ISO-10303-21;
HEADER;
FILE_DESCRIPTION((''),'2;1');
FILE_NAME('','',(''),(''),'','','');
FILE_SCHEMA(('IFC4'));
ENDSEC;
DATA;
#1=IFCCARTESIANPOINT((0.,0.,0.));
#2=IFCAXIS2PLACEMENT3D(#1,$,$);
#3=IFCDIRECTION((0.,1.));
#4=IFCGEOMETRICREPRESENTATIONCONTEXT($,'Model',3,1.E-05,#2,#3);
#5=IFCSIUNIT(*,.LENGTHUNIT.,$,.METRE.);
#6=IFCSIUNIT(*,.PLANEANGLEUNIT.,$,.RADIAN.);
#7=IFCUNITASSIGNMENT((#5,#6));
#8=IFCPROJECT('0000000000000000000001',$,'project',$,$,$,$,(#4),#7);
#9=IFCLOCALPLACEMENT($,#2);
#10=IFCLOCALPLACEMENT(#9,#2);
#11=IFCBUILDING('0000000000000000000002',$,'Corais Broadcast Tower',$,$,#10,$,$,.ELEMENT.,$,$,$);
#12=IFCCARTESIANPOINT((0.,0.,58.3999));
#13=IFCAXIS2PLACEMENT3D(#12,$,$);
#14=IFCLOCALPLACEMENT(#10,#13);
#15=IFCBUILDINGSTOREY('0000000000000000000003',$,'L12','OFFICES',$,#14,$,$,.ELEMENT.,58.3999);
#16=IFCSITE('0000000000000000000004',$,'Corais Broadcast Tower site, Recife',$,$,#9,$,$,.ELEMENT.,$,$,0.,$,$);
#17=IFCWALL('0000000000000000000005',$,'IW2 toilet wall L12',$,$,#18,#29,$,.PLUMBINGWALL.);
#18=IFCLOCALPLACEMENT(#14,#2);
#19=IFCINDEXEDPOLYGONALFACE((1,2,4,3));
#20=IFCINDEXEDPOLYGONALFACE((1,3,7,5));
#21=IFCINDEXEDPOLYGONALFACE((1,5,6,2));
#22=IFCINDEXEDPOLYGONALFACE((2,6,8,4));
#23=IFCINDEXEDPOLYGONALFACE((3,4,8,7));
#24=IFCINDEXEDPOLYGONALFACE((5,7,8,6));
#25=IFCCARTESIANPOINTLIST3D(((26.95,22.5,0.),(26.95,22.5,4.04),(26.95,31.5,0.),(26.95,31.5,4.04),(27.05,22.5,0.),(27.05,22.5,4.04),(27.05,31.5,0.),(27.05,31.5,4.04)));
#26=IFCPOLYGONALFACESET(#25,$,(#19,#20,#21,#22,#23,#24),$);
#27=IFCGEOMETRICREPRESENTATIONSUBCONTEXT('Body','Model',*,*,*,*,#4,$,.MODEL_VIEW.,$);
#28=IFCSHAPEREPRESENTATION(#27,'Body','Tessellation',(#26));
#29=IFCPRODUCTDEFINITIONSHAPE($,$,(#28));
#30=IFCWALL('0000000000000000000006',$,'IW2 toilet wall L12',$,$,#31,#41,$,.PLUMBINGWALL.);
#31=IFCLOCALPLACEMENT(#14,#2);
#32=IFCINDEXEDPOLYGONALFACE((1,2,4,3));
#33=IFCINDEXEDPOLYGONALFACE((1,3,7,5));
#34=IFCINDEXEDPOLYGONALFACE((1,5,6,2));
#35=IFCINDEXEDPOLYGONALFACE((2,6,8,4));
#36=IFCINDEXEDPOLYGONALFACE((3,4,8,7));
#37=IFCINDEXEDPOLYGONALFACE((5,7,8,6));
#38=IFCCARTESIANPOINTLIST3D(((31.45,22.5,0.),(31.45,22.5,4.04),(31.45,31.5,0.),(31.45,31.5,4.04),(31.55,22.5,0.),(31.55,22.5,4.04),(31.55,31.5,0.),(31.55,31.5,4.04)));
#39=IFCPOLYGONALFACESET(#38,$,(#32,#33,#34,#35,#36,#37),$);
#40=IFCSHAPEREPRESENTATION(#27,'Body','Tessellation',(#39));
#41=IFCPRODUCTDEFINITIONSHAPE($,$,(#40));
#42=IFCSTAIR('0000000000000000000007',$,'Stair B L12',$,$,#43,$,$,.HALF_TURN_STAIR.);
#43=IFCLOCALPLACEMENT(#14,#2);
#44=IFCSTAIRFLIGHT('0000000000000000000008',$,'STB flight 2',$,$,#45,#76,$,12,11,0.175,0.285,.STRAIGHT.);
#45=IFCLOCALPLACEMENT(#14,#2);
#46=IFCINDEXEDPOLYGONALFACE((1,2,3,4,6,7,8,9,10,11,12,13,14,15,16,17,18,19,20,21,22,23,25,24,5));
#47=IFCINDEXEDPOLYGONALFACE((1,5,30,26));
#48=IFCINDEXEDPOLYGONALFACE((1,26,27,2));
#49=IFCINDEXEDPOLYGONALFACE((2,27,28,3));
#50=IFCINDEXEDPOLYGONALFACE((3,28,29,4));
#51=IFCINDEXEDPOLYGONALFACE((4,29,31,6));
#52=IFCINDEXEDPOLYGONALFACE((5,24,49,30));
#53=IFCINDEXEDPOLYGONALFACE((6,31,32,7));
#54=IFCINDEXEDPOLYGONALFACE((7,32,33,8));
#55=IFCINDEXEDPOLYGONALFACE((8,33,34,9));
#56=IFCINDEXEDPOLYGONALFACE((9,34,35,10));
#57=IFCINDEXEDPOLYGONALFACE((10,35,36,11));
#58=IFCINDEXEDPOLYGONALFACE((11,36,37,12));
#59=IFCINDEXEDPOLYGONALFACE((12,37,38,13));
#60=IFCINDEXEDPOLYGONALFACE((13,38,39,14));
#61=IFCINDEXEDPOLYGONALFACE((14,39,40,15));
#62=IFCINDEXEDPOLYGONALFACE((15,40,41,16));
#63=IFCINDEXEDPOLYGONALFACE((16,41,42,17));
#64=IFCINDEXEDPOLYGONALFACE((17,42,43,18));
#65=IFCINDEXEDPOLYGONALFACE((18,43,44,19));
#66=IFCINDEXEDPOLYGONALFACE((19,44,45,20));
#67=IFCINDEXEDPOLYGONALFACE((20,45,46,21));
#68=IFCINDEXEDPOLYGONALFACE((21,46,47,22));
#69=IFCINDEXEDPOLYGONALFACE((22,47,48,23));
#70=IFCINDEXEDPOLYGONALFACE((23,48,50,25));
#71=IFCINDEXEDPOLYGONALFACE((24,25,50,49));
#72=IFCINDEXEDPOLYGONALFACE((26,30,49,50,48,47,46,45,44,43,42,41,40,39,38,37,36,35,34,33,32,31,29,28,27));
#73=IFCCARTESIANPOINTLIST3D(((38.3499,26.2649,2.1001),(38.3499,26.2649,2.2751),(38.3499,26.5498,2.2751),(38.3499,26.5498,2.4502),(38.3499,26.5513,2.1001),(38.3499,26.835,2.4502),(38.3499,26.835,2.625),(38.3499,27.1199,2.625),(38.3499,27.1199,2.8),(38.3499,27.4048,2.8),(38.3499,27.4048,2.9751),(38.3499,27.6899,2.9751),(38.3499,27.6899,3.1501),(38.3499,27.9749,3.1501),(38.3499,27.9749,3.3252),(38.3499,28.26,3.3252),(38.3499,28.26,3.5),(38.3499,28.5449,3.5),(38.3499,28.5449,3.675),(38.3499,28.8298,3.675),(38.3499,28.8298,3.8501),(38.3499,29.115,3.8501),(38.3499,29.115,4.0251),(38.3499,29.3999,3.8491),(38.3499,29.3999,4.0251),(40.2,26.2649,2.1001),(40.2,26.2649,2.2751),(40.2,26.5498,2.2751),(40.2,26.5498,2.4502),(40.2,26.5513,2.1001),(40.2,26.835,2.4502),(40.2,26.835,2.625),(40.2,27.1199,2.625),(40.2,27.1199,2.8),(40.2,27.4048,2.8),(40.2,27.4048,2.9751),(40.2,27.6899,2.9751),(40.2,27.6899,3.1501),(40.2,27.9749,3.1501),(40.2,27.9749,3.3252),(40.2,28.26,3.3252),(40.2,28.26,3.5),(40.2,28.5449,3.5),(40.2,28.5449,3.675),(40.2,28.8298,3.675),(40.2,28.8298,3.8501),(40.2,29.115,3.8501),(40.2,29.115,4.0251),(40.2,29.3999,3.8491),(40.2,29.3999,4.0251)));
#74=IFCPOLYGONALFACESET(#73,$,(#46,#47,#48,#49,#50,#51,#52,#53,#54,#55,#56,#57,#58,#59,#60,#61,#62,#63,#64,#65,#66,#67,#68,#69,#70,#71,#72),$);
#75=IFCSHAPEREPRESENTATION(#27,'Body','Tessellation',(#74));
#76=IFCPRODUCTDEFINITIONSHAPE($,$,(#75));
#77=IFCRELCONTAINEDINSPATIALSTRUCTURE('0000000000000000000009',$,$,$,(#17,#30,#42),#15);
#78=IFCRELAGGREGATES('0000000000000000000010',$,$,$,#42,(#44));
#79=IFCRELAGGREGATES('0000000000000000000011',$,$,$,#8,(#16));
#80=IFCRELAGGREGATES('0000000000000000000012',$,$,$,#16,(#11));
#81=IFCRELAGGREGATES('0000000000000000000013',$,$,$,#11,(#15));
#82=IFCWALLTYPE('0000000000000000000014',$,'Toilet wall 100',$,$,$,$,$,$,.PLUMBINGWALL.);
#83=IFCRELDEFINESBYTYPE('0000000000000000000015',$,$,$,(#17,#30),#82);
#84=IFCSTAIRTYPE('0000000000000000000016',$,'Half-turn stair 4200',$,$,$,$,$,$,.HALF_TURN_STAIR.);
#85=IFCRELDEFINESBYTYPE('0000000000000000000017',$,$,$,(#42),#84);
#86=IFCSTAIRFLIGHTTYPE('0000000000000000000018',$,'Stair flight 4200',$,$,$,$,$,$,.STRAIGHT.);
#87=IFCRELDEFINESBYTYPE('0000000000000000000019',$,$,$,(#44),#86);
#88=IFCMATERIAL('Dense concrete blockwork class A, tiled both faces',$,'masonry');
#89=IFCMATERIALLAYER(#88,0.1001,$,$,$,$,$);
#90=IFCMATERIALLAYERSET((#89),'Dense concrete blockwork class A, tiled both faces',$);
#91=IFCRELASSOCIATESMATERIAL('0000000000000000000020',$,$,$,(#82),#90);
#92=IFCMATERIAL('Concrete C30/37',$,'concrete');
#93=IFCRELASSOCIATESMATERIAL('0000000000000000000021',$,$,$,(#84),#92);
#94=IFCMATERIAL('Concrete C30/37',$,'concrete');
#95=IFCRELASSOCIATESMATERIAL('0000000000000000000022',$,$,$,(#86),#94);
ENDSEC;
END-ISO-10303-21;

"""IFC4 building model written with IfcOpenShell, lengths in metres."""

from ifc_helpers import new_model, si_unit, direction, frame, frame_2d, origin, place, context, subcontext, project, spatial, polyline, rectangle, outline, extrude, material, layer, layer_set, type_object, element, aggregate, save


model = new_model("IFC4")

# Units and contexts
model_context = context("Model", 3, precision=1e-05, world=origin(), true_north=direction((0.0, 1.0)))
body_context = subcontext(model_context, "Body", "Model", "MODEL_VIEW")
ifc_project = project(units=[si_unit("LENGTHUNIT", "METRE"), si_unit("PLANEANGLEUNIT", "RADIAN")], contexts=[model_context])

# Site, building, storey
site_placement = place(None, origin())
site = spatial("IfcSite", under=ifc_project, at=site_placement, Name="Corais Broadcast Tower site, Recife", CompositionType="ELEMENT", RefElevation=0.0)
building_placement = place(site_placement, origin())
building = spatial("IfcBuilding", under=site, at=building_placement, Name="Corais Broadcast Tower", CompositionType="ELEMENT")
storey_placement = place(building_placement, frame((0.0, 0.0, 58.3999)))
storey = spatial("IfcBuildingStorey", under=building, at=storey_placement, Name="L12", Description="OFFICES", CompositionType="ELEMENT", Elevation=58.3999)

# Walls
ifc_material_1 = material(Name="Dense concrete blockwork class A, tiled both faces", Category="masonry")
ifc_layer_1 = layer(ifc_material_1, 0.1001)
ifc_layer_set_1 = layer_set([ifc_layer_1], Name="Dense concrete blockwork class A, tiled both faces")
wall_type_1 = type_object("IfcWallType", Name="Toilet wall 100", PredefinedType="PLUMBINGWALL", material=ifc_layer_set_1)
for number, where, z_axis, x_axis, name in (
    (1, (27.0, 22.5, 0.0), (0.0, 0.0, 1.0), (0.0, 1.0, 0.0), "IW2 toilet wall L12"),
    (2, (31.5, 22.5, 0.0), (0.0, 0.0, 1.0), (0.0, 1.0, 0.0), "IW2 toilet wall L12"),
):
    element("IfcWall", number, at=place(storey_placement, frame(where, z_axis=z_axis, x_axis=x_axis)), inside=storey, type_object=wall_type_1, Name=name, PredefinedType="PLUMBINGWALL", context=body_context, shape_type="SweptSolid", body=[
        extrude(rectangle(XDim=9.0, YDim=0.1001, at=frame_2d((4.5, 0.0))), origin(), (0.0, 0.0, 1.0), 4.04),
    ])

# Stair, stair flight
ifc_material_2 = material(Name="Concrete C30/37", Category="concrete")
stair_type = type_object("IfcStairType", Name="Half-turn stair 4200", PredefinedType="HALF_TURN_STAIR", material=ifc_material_2)
stair_placement = place(storey_placement, origin())
stair = element("IfcStair", 3, at=stair_placement, inside=storey, type_object=stair_type, Name="Stair B L12", PredefinedType="HALF_TURN_STAIR")
ifc_material_3 = material(Name="Concrete C30/37", Category="concrete")
stair_flight_type = type_object("IfcStairFlightType", Name="Stair flight 4200", PredefinedType="STRAIGHT", material=ifc_material_3)
stair_flight_placement = place(storey_placement, frame((39.2749, 26.2649, 2.1001), z_axis=(0.0, 0.0, 1.0), x_axis=(0.0, 1.0, 0.0)))
stair_flight = element("IfcStairFlight", 4, at=stair_flight_placement, type_object=stair_flight_type, Name="STB flight 2", NumberOfRisers=12, NumberOfTreads=11, PredefinedType="STRAIGHT", RiserHeight=0.175, TreadLength=0.285, context=body_context, shape_type="SweptSolid", body=[
    extrude(outline(polyline([(0.0, 0.0), (0.0, 0.175), (0.2849, 0.175), (0.2849, 0.3501), (0.5701, 0.3501), (0.5701, 0.5249), (0.855, 0.5249), (0.855, 0.7), (1.1399, 0.7), (1.1399, 0.875), (1.425, 0.875), (1.425, 1.05), (1.71, 1.05), (1.71, 1.2251), (1.9951, 1.2251), (1.9951, 1.3999), (2.28, 1.3999), (2.28, 1.575), (2.5649, 1.575), (2.5649, 1.75), (2.8501, 1.75), (2.8501, 1.925), (3.135, 1.925), (3.135, 2.1001), (3.135, 1.749), (0.2864, 0.0), (0.0, 0.0)])), frame((0.0, 0.925, 0.0), z_axis=(0.0, -1.0, 0.0), x_axis=(1.0, 0.0, 0.0)), (0.0, 0.0, 1.0), 1.8501),
])
aggregate(stair, [stair_flight])

save(model, "model.ifc")
